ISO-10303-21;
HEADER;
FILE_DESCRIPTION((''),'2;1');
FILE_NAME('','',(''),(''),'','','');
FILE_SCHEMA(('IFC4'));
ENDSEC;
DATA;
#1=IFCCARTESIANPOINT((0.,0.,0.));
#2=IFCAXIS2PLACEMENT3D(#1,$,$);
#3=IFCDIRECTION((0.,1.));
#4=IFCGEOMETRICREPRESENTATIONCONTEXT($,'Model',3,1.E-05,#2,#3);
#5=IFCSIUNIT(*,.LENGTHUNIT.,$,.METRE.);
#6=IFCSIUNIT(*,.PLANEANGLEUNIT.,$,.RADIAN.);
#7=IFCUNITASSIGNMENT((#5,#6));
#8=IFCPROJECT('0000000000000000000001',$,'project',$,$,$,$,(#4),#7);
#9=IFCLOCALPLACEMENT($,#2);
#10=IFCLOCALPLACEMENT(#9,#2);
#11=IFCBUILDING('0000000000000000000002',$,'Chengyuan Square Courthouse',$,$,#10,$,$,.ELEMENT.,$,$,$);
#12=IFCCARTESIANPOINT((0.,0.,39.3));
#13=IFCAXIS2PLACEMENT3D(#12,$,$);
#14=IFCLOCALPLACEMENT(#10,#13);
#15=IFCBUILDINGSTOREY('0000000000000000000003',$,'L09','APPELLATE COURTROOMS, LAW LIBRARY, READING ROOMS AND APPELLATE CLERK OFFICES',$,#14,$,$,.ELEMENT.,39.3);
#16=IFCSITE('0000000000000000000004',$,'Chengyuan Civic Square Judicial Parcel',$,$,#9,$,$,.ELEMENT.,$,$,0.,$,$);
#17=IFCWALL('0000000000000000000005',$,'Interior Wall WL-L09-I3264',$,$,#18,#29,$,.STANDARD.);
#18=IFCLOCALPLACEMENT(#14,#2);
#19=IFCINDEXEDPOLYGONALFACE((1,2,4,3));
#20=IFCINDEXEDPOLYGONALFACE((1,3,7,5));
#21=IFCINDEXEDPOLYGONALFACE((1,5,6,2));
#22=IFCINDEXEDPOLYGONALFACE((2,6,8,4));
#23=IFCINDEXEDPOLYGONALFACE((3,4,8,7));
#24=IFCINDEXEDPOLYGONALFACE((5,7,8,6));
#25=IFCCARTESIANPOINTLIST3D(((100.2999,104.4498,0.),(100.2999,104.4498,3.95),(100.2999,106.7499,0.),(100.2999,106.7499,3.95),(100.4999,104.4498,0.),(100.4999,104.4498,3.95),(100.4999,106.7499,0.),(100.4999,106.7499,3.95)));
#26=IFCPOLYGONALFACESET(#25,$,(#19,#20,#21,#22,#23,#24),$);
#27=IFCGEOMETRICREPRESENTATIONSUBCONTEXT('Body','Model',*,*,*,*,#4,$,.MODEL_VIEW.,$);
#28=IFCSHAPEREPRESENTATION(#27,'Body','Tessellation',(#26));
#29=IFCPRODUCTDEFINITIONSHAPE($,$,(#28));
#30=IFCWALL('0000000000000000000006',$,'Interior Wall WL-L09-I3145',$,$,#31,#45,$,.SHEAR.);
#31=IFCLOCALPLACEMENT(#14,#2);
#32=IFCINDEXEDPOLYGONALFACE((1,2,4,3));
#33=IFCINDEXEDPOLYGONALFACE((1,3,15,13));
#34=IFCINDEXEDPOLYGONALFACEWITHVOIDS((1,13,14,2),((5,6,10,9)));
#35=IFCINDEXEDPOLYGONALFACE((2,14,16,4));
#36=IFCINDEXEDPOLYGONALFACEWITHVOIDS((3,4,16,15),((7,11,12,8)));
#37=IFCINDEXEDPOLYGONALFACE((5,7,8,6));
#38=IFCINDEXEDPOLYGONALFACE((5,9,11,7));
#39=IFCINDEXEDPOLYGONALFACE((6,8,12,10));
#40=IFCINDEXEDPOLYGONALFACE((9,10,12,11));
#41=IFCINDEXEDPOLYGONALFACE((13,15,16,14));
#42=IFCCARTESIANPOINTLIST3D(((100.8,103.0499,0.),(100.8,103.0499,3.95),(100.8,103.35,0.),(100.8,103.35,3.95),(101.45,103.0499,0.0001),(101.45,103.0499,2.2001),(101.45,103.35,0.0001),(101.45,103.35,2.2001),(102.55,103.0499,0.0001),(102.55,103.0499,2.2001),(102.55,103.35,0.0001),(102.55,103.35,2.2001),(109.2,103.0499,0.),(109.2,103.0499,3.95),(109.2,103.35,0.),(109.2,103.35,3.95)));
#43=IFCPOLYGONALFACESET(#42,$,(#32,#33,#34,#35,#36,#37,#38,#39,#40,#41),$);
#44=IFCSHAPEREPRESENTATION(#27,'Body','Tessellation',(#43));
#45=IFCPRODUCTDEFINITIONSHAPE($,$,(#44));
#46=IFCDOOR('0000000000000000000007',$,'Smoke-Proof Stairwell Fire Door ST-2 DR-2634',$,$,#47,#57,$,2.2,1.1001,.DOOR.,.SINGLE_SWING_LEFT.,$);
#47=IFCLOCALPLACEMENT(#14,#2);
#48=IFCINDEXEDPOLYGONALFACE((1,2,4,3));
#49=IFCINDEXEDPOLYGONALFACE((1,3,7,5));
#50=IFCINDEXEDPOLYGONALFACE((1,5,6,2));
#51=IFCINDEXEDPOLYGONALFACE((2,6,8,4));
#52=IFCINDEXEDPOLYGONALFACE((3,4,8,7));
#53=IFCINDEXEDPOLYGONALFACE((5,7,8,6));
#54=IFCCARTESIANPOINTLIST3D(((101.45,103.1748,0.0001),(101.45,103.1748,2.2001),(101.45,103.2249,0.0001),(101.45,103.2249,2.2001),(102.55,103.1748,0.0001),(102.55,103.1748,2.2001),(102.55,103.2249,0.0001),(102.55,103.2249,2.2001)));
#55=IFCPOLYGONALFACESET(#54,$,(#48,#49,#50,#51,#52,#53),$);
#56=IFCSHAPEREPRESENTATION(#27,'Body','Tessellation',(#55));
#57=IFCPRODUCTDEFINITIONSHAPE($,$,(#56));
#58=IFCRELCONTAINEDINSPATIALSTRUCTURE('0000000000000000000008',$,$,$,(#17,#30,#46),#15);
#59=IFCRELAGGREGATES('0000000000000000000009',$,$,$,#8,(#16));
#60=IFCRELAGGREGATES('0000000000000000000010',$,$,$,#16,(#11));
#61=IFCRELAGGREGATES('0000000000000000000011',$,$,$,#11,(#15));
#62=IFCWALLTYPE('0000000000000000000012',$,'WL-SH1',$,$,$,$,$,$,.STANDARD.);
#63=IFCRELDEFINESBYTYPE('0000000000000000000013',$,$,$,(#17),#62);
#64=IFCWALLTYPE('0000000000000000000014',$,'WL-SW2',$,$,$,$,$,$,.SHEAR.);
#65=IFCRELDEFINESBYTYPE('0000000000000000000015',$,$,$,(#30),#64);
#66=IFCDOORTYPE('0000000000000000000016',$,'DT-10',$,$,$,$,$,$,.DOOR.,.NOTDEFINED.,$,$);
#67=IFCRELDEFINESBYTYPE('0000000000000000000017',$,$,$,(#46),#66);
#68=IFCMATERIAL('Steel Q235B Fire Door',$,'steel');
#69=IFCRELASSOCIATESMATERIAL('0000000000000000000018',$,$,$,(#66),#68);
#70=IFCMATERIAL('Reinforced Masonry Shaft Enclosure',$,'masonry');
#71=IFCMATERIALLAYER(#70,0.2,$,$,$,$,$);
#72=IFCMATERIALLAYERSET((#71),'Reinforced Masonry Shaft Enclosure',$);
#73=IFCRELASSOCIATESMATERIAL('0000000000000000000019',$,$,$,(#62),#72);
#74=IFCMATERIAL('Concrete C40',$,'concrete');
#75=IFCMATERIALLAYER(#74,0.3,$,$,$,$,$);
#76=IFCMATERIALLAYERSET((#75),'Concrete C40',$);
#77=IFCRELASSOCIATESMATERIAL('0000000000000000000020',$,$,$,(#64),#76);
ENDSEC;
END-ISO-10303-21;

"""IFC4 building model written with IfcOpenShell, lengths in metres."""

from ifc_helpers import new_model, si_unit, direction, frame, frame_2d, origin, place, context, subcontext, project, spatial, rectangle, extrude, material, layer, layer_set, type_object, element, fill, save


model = new_model("IFC4")

# Units and contexts
model_context = context("Model", 3, precision=1e-05, world=origin(), true_north=direction((0.0, 1.0)))
body_context = subcontext(model_context, "Body", "Model", "MODEL_VIEW")
ifc_project = project(units=[si_unit("LENGTHUNIT", "METRE"), si_unit("PLANEANGLEUNIT", "RADIAN")], contexts=[model_context])

# Site, building, storey
site_placement = place(None, origin())
site = spatial("IfcSite", under=ifc_project, at=site_placement, Name="Chengyuan Civic Square Judicial Parcel", CompositionType="ELEMENT", RefElevation=0.0)
building_placement = place(site_placement, origin())
building = spatial("IfcBuilding", under=site, at=building_placement, Name="Chengyuan Square Courthouse", CompositionType="ELEMENT")
storey_placement = place(building_placement, frame((0.0, 0.0, 39.3)))
storey = spatial("IfcBuildingStorey", under=building, at=storey_placement, Name="L09", Description="APPELLATE COURTROOMS, LAW LIBRARY, READING ROOMS AND APPELLATE CLERK OFFICES", CompositionType="ELEMENT", Elevation=39.3)

# Shared definitions
ifc_material_1 = material(Name="Concrete C40", Category="concrete")

# Shared definitions
ifc_material_2 = material(Name="Steel Q235B Fire Door", Category="steel")

# Shared definitions
door_type_1 = type_object("IfcDoorType", Name="DT-10", OperationType="NOTDEFINED", PredefinedType="DOOR", material=ifc_material_2)

# Shared definitions
ifc_material_3 = material(Name="Reinforced Masonry Shaft Enclosure", Category="masonry")
ifc_layer_1 = layer(ifc_material_3, 0.2)
ifc_layer_set_1 = layer_set([ifc_layer_1], Name="Reinforced Masonry Shaft Enclosure")
wall_type_1 = type_object("IfcWallType", Name="WL-SH1", PredefinedType="STANDARD", material=ifc_layer_set_1)

# Wall
for number, where, z_axis, x_axis, name in (
    (1, (100.3999, 104.45, 0.0), (0.0, 0.0, 1.0), (0.0, 1.0, 0.0), "Interior Wall WL-L09-I3264"),
):
    element("IfcWall", number, at=place(storey_placement, frame(where, z_axis=z_axis, x_axis=x_axis)), inside=storey, type_object=wall_type_1, Name=name, PredefinedType="STANDARD", context=body_context, shape_type="SweptSolid", body=[
        extrude(rectangle(XDim=2.3, YDim=0.2, at=frame_2d((1.1499, 0.0))), origin(), (0.0, 0.0, 1.0), 3.95),
    ])

# Wall, opening, door
ifc_layer_2 = layer(ifc_material_1, 0.3)
ifc_layer_set_2 = layer_set([ifc_layer_2], Name="Concrete C40")
wall_type_2 = type_object("IfcWallType", Name="WL-SW2", PredefinedType="SHEAR", material=ifc_layer_set_2)
wall_1_placement = place(storey_placement, frame((100.8, 103.2, 0.0), z_axis=(0.0, 0.0, 1.0), x_axis=(1.0, 0.0, 0.0)))
wall_1 = element("IfcWall", 2, at=wall_1_placement, inside=storey, type_object=wall_type_2, Name="Interior Wall WL-L09-I3145", PredefinedType="SHEAR", context=body_context, shape_type="SweptSolid", body=[
    extrude(rectangle(XDim=8.3999, YDim=0.3, at=frame_2d((4.2, 0.0))), origin(), (0.0, 0.0, 1.0), 3.95),
])
opening_1_placement = place(wall_1_placement, frame((0.6499, 0.0, 0.0)))
opening_1 = element("IfcOpeningElement", 3, at=opening_1_placement, cuts=wall_1, PredefinedType="OPENING", context=body_context, shape_type="SweptSolid", body=[
    extrude(rectangle(XDim=1.1001, YDim=2.2, at=frame_2d((0.55, 1.1001))), frame((0.0, 0.1621, 0.0), z_axis=(0.0, -1.0, 0.0), x_axis=(1.0, 0.0, 0.0)), (0.0, 0.0, 1.0), 0.324),
])
door_1_placement = place(opening_1_placement, origin())
door_1 = element("IfcDoor", 4, at=door_1_placement, inside=storey, type_object=door_type_1, Name="Smoke-Proof Stairwell Fire Door ST-2 DR-2634", OperationType="SINGLE_SWING_LEFT", OverallHeight=2.2, OverallWidth=1.1001, PredefinedType="DOOR", context=body_context, shape_type="SweptSolid", body=[
    extrude(rectangle(XDim=1.1001, YDim=2.2, at=frame_2d((0.55, 1.1001))), frame((0.0, 0.0249, 0.0), z_axis=(0.0, -1.0, 0.0), x_axis=(1.0, 0.0, 0.0)), (0.0, 0.0, 1.0), 0.05),
])
fill(opening_1, door_1)

save(model, "model.ifc")
